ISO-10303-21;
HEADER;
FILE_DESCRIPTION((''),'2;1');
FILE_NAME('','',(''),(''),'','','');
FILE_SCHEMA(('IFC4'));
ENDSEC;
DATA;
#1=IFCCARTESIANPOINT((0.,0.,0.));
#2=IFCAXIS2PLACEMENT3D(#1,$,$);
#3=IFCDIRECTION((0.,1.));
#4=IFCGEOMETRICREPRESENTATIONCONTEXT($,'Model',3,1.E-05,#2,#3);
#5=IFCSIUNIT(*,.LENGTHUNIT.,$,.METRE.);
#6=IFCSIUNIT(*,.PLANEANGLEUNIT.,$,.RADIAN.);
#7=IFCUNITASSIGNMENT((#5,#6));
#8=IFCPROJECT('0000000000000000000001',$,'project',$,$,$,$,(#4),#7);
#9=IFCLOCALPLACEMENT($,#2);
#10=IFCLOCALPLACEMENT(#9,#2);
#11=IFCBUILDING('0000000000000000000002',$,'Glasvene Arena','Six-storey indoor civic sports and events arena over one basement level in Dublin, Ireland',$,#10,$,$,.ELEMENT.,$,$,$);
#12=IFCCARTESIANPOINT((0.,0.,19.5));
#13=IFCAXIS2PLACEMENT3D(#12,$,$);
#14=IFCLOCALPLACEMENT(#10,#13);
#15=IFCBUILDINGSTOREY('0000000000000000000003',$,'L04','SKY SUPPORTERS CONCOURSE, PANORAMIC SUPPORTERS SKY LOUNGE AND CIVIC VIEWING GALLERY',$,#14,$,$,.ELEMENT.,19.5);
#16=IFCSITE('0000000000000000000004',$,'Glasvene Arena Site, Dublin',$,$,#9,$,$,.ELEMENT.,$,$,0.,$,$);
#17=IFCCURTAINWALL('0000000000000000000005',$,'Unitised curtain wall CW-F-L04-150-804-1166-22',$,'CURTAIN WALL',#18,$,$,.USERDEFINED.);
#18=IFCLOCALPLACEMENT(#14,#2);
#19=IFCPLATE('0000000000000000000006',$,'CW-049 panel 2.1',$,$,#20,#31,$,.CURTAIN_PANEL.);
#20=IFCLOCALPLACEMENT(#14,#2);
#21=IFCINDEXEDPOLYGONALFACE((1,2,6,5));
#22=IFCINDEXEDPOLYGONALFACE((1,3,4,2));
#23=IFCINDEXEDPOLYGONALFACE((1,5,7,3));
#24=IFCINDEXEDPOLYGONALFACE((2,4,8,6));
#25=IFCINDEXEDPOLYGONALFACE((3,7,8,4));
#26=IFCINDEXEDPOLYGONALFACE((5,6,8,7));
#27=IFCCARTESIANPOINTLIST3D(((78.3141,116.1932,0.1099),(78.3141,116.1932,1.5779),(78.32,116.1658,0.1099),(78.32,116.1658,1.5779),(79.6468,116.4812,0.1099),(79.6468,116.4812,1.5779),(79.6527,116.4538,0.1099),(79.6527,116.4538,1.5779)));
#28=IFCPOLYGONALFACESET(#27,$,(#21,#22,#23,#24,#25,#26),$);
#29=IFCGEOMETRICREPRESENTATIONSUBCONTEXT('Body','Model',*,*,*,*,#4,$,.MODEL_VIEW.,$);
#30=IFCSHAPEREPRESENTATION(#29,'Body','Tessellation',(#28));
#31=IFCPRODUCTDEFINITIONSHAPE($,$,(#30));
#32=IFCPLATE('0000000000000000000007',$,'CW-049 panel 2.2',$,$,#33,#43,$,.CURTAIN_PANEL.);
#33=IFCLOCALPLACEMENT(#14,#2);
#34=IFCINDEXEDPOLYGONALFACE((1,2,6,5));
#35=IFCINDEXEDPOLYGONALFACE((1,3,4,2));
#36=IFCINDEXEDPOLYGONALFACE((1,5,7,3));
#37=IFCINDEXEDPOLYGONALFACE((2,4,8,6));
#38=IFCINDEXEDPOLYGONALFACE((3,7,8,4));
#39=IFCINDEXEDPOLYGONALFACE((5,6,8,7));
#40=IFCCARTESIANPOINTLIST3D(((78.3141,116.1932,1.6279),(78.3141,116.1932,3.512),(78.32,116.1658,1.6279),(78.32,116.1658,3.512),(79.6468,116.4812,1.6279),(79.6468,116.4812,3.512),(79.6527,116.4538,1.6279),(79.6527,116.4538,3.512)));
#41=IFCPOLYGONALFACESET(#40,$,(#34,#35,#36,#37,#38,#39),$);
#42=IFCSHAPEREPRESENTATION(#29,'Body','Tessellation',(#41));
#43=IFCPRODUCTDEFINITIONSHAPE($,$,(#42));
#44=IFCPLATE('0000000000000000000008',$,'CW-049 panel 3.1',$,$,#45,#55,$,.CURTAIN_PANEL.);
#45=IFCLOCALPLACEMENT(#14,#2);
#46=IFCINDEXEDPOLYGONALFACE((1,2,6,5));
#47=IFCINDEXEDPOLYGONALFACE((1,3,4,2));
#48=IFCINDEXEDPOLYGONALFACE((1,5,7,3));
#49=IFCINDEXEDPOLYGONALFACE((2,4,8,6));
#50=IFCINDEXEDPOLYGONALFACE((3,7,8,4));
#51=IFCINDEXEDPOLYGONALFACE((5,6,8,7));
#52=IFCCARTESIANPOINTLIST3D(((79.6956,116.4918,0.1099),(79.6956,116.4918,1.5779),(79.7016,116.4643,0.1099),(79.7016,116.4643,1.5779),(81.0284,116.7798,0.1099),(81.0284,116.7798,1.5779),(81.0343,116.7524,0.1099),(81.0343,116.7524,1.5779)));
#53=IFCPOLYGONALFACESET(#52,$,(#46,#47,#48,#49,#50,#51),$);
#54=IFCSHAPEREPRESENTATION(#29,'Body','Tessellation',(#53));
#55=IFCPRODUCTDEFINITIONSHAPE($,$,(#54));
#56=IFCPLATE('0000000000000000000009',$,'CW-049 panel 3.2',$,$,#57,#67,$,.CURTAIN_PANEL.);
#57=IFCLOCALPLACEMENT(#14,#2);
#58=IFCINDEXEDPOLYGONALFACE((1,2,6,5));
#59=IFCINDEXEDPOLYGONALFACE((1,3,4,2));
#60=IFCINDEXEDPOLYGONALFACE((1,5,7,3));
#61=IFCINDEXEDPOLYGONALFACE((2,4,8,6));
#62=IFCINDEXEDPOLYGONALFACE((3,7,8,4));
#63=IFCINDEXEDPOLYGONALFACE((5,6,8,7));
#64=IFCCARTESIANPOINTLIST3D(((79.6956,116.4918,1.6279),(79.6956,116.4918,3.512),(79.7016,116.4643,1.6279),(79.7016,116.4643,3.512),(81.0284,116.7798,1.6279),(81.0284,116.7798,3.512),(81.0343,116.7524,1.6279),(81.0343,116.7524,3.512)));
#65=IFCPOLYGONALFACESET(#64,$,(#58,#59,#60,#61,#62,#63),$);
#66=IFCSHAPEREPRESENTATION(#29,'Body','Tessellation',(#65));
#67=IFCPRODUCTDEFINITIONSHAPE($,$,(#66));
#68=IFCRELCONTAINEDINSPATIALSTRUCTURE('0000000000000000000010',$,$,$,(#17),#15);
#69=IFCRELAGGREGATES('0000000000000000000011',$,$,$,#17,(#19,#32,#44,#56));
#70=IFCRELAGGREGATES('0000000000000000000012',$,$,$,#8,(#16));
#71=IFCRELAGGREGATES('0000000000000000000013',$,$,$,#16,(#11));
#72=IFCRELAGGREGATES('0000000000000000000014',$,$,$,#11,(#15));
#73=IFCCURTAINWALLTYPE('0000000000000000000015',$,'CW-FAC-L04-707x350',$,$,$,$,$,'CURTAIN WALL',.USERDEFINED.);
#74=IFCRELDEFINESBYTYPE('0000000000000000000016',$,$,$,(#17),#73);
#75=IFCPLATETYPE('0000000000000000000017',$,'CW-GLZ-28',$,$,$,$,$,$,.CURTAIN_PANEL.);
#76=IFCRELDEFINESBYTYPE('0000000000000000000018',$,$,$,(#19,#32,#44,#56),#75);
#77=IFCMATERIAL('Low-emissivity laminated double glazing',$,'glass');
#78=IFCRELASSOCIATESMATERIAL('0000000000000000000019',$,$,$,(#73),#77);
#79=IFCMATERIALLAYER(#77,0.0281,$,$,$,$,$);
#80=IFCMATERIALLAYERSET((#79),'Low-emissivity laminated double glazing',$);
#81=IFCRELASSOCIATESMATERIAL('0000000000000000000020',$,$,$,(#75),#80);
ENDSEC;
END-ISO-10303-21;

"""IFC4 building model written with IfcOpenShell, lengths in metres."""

from ifc_helpers import new_model, si_unit, direction, frame, origin, origin_2d, place, context, subcontext, project, spatial, rectangle, extrude, material, layer, layer_set, type_object, element, aggregate, save


model = new_model("IFC4")

# Units and contexts
model_context = context("Model", 3, precision=1e-05, world=origin(), true_north=direction((0.0, 1.0)))
body_context = subcontext(model_context, "Body", "Model", "MODEL_VIEW")
ifc_project = project(units=[si_unit("LENGTHUNIT", "METRE"), si_unit("PLANEANGLEUNIT", "RADIAN")], contexts=[model_context])

# Site, building, storey
site_placement = place(None, origin())
site = spatial("IfcSite", under=ifc_project, at=site_placement, Name="Glasvene Arena Site, Dublin", CompositionType="ELEMENT", RefElevation=0.0)
building_placement = place(site_placement, origin())
building = spatial("IfcBuilding", under=site, at=building_placement, Name="Glasvene Arena", Description="Six-storey indoor civic sports and events arena over one basement level in Dublin, Ireland", CompositionType="ELEMENT")
storey_placement = place(building_placement, frame((0.0, 0.0, 19.5)))
storey = spatial("IfcBuildingStorey", under=building, at=storey_placement, Name="L04", Description="SKY SUPPORTERS CONCOURSE, PANORAMIC SUPPORTERS SKY LOUNGE AND CIVIC VIEWING GALLERY", CompositionType="ELEMENT", Elevation=19.5)

# Curtain wall, plates
ifc_material_1 = material(Name="Low-emissivity laminated double glazing", Category="glass")
curtain_wall_type = type_object("IfcCurtainWallType", Name="CW-FAC-L04-707x350", ElementType="CURTAIN WALL", PredefinedType="USERDEFINED", material=ifc_material_1)
curtain_wall_placement = place(storey_placement, frame((76.9109, 115.8755, 0.0)))
curtain_wall = element("IfcCurtainWall", 1, at=curtain_wall_placement, inside=storey, type_object=curtain_wall_type, Name="Unitised curtain wall CW-F-L04-150-804-1166-22", ObjectType="CURTAIN WALL", PredefinedType="USERDEFINED")
ifc_layer = layer(ifc_material_1, 0.0281)
ifc_layer_set = layer_set([ifc_layer], Name="Low-emissivity laminated double glazing")
plate_type = type_object("IfcPlateType", Name="CW-GLZ-28", PredefinedType="CURTAIN_PANEL", material=ifc_layer_set)
plate_1_placement = place(storey_placement, frame((78.9834, 116.3235, 0.1099), z_axis=(0.0, 0.0, 1.0), x_axis=(0.977438, 0.211221, 0.0)))
plate_1 = element("IfcPlate", 2, at=plate_1_placement, type_object=plate_type, Name="CW-049 panel 2.1", PredefinedType="CURTAIN_PANEL", context=body_context, shape_type="SweptSolid", body=[
    extrude(rectangle(XDim=1.3635, YDim=0.0281, at=origin_2d()), origin(), (0.0, 0.0, 1.0), 1.468),
])
plate_2_placement = place(storey_placement, frame((78.9834, 116.3235, 1.6279), z_axis=(0.0, 0.0, 1.0), x_axis=(0.977438, 0.211221, 0.0)))
plate_2 = element("IfcPlate", 3, at=plate_2_placement, type_object=plate_type, Name="CW-049 panel 2.2", PredefinedType="CURTAIN_PANEL", context=body_context, shape_type="SweptSolid", body=[
    extrude(rectangle(XDim=1.3635, YDim=0.0281, at=origin_2d()), origin(), (0.0, 0.0, 1.0), 1.884),
])
plate_3_placement = place(storey_placement, frame((80.365, 116.6221, 0.1099), z_axis=(0.0, 0.0, 1.0), x_axis=(0.977438, 0.211221, 0.0)))
plate_3 = element("IfcPlate", 4, at=plate_3_placement, type_object=plate_type, Name="CW-049 panel 3.1", PredefinedType="CURTAIN_PANEL", context=body_context, shape_type="SweptSolid", body=[
    extrude(rectangle(XDim=1.3635, YDim=0.0281, at=origin_2d()), origin(), (0.0, 0.0, 1.0), 1.468),
])
plate_4_placement = place(storey_placement, frame((80.365, 116.6221, 1.6279), z_axis=(0.0, 0.0, 1.0), x_axis=(0.977438, 0.211221, 0.0)))
plate_4 = element("IfcPlate", 5, at=plate_4_placement, type_object=plate_type, Name="CW-049 panel 3.2", PredefinedType="CURTAIN_PANEL", context=body_context, shape_type="SweptSolid", body=[
    extrude(rectangle(XDim=1.3635, YDim=0.0281, at=origin_2d()), origin(), (0.0, 0.0, 1.0), 1.884),
])
aggregate(curtain_wall, [plate_1, plate_2, plate_3, plate_4])

save(model, "model.ifc")
